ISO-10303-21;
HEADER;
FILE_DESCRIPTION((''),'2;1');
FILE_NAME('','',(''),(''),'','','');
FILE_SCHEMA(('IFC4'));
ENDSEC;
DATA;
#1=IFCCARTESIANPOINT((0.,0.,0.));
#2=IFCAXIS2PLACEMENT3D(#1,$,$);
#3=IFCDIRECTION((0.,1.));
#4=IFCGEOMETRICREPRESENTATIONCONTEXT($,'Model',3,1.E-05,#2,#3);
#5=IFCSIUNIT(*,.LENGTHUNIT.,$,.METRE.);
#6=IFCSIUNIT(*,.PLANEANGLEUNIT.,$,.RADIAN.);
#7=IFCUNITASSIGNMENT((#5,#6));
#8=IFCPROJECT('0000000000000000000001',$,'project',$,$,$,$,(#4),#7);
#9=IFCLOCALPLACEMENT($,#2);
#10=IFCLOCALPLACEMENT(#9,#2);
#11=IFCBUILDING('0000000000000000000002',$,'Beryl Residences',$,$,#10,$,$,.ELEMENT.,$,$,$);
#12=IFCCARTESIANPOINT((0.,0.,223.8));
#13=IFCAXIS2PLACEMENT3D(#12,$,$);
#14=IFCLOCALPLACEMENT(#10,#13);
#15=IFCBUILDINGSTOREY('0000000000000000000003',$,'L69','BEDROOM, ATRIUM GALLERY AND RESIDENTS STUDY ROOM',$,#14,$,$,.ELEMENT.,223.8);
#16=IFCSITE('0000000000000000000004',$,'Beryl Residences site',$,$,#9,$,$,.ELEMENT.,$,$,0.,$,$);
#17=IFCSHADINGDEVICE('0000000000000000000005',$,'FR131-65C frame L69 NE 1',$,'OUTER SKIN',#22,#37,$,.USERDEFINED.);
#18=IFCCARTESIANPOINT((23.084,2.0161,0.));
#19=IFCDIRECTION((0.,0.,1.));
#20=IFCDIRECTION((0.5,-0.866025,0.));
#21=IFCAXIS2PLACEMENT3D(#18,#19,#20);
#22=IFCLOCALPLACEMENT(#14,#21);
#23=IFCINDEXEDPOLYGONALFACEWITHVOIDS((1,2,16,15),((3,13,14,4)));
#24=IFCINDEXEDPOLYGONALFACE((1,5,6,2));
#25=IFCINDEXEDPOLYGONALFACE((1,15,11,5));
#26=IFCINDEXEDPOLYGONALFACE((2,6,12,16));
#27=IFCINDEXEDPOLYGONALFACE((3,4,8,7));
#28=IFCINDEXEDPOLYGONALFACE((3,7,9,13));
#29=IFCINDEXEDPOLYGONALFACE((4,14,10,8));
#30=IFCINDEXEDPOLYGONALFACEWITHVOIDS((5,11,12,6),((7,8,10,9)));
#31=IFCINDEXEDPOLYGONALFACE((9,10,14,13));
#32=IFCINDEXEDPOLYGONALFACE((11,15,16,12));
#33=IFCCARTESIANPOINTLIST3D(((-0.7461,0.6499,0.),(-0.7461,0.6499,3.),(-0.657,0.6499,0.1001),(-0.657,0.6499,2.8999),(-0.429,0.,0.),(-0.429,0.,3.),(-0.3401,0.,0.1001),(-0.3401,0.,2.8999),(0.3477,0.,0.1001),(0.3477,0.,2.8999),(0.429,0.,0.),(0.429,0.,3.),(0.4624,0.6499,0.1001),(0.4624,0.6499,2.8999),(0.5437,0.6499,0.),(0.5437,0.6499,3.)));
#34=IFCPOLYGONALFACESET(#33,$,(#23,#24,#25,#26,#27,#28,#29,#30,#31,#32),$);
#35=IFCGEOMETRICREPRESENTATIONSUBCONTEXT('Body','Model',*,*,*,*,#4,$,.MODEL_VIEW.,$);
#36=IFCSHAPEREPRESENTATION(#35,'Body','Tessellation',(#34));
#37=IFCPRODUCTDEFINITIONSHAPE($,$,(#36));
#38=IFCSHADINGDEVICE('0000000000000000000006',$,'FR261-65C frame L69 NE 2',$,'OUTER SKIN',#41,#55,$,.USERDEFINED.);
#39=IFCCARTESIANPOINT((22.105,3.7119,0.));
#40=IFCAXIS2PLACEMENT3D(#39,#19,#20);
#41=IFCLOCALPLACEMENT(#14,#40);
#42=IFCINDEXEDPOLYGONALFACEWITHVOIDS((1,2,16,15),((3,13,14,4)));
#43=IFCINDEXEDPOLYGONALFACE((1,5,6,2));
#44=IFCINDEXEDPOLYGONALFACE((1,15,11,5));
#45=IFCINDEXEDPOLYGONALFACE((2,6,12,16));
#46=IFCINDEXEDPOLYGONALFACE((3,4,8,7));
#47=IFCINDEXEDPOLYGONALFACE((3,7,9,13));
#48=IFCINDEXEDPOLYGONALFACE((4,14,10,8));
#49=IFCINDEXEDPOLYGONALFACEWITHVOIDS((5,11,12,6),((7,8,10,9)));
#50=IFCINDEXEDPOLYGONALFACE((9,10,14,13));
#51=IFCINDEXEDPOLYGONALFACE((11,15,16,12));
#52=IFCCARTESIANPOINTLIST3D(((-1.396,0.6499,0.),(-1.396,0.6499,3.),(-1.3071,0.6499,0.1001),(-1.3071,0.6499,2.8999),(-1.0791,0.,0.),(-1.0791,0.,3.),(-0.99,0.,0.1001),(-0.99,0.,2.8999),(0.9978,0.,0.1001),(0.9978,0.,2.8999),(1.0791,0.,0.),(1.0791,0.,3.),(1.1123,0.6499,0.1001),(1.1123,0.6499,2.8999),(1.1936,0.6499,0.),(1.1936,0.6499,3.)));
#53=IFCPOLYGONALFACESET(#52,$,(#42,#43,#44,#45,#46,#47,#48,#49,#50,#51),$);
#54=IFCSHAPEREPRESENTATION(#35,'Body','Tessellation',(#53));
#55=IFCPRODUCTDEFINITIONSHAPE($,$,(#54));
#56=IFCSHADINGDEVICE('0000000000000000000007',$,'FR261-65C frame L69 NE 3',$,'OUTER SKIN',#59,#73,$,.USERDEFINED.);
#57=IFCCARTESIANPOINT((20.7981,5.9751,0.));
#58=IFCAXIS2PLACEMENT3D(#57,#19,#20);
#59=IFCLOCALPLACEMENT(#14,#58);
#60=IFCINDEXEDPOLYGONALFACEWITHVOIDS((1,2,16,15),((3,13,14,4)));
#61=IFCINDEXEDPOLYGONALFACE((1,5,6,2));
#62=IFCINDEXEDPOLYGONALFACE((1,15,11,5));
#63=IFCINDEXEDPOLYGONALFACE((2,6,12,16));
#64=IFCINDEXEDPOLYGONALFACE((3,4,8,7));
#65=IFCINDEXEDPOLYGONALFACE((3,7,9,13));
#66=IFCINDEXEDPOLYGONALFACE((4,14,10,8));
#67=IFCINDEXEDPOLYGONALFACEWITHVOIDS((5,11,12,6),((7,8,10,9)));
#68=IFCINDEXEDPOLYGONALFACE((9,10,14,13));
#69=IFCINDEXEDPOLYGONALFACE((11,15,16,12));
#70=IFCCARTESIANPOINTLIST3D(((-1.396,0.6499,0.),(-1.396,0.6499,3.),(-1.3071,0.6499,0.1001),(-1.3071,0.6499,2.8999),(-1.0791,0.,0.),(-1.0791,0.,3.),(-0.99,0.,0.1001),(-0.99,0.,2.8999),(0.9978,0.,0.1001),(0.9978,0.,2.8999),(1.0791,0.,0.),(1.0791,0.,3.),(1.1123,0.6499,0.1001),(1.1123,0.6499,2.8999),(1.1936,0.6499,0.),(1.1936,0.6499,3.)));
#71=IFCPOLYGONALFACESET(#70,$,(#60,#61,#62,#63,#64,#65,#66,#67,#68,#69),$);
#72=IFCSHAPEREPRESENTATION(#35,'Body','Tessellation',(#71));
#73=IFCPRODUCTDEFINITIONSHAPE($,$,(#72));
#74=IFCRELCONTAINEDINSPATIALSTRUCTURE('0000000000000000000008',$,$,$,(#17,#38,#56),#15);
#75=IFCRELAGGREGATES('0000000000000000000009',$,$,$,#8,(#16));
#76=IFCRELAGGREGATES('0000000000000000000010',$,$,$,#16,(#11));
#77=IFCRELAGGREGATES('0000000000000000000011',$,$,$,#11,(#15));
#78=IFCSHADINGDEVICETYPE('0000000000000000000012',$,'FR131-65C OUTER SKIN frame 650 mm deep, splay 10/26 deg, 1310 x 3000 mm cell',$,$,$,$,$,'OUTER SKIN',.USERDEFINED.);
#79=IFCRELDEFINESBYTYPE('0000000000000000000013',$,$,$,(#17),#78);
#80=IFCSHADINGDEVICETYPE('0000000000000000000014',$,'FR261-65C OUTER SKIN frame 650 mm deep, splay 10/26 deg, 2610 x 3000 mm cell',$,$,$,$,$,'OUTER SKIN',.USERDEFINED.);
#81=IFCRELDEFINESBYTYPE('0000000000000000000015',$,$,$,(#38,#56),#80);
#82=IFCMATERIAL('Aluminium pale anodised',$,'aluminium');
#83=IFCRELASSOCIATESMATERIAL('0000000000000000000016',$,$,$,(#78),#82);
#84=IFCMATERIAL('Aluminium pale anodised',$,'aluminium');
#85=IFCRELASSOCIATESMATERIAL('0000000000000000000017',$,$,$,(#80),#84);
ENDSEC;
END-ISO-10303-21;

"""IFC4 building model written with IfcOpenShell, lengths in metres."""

from ifc_helpers import new_model, entity, si_unit, direction, frame, origin, place, context, subcontext, project, spatial, source, transform, mapped, material, type_object, type_shapes, element, save


model = new_model("IFC4")

# Units and contexts
model_context = context("Model", 3, precision=1e-05, world=origin(), true_north=direction((0.0, 1.0)))
body_context = subcontext(model_context, "Body", "Model", "MODEL_VIEW")
ifc_project = project(units=[si_unit("LENGTHUNIT", "METRE"), si_unit("PLANEANGLEUNIT", "RADIAN")], contexts=[model_context])

# Site, building, storey
site_placement = place(None, origin())
site = spatial("IfcSite", under=ifc_project, at=site_placement, Name="Beryl Residences site", CompositionType="ELEMENT", RefElevation=0.0)
building_placement = place(site_placement, origin())
building = spatial("IfcBuilding", under=site, at=building_placement, Name="Beryl Residences", CompositionType="ELEMENT")
storey_placement = place(building_placement, frame((0.0, 0.0, 223.8)))
storey = spatial("IfcBuildingStorey", under=building, at=storey_placement, Name="L69", Description="BEDROOM, ATRIUM GALLERY AND RESIDENTS STUDY ROOM", CompositionType="ELEMENT", Elevation=223.8)

# Shading devices
ifc_material_1 = material(Name="Aluminium pale anodised", Category="aluminium")
shading_device_type_1 = type_object("IfcShadingDeviceType", Name="FR131-65C OUTER SKIN frame 650 mm deep, splay 10/26 deg, 1310 x 3000 mm cell", ElementType="OUTER SKIN", PredefinedType="USERDEFINED", material=ifc_material_1)
cartesian_point_1 = entity("IfcCartesianPoint", [-0.429, 0.0])
cartesian_point_2 = entity("IfcCartesianPoint", [-0.3477, 0.1001])
cartesian_point_3 = entity("IfcCartesianPoint", [-0.5437, 0.0])
cartesian_point_4 = entity("IfcCartesianPoint", [-0.4624, 0.1001])
shared_shape_1 = source(origin(), body_context, "Body", "SweptSolid", [
    entity("IfcExtrudedAreaSolidTapered", entity("IfcArbitraryProfileDefWithVoids", "AREA", None, entity("IfcPolyline", [cartesian_point_1, entity("IfcCartesianPoint", [0.429, 0.0]), entity("IfcCartesianPoint", [0.429, 3.0]), entity("IfcCartesianPoint", [-0.429, 3.0]), cartesian_point_1]), [entity("IfcPolyline", [cartesian_point_2, entity("IfcCartesianPoint", [0.3401, 0.1001]), entity("IfcCartesianPoint", [0.3401, 2.8999]), entity("IfcCartesianPoint", [-0.3477, 2.8999]), cartesian_point_2])]), entity("IfcAxis2Placement3D", entity("IfcCartesianPoint", [0.0, 0.0, 0.0]), entity("IfcDirection", [0.0, 1.0, 0.0]), entity("IfcDirection", [-1.0, 0.0, 0.0])), entity("IfcDirection", [0.0, 0.0, 1.0]), 0.6499, entity("IfcArbitraryProfileDefWithVoids", "AREA", None, entity("IfcPolyline", [cartesian_point_3, entity("IfcCartesianPoint", [0.7461, 0.0]), entity("IfcCartesianPoint", [0.7461, 3.0]), entity("IfcCartesianPoint", [-0.5437, 3.0]), cartesian_point_3]), [entity("IfcPolyline", [cartesian_point_4, entity("IfcCartesianPoint", [0.657, 0.1001]), entity("IfcCartesianPoint", [0.657, 2.8999]), entity("IfcCartesianPoint", [-0.4624, 2.8999]), cartesian_point_4])])),
])
type_shapes(shading_device_type_1, [shared_shape_1])
shading_device_placement = place(storey_placement, frame((23.084, 2.0161, 0.0), z_axis=(0.0, 0.0, 1.0), x_axis=(0.5, -0.866025, 0.0)))
element("IfcShadingDevice", 1, at=shading_device_placement, inside=storey, type_object=shading_device_type_1, Name="FR131-65C frame L69 NE 1", ObjectType="OUTER SKIN", PredefinedType="USERDEFINED", context=body_context, shape_type="MappedRepresentation", body=[
    mapped(shared_shape_1, transform((0.0, 0.0, 0.0))),
])
ifc_material_2 = material(Name="Aluminium pale anodised", Category="aluminium")
shading_device_type_2 = type_object("IfcShadingDeviceType", Name="FR261-65C OUTER SKIN frame 650 mm deep, splay 10/26 deg, 2610 x 3000 mm cell", ElementType="OUTER SKIN", PredefinedType="USERDEFINED", material=ifc_material_2)
cartesian_point_5 = entity("IfcCartesianPoint", [-1.0791, 0.0])
cartesian_point_6 = entity("IfcCartesianPoint", [-0.9978, 0.1001])
cartesian_point_7 = entity("IfcCartesianPoint", [-1.1936, 0.0])
cartesian_point_8 = entity("IfcCartesianPoint", [-1.1123, 0.1001])
shared_shape_2 = source(origin(), body_context, "Body", "SweptSolid", [
    entity("IfcExtrudedAreaSolidTapered", entity("IfcArbitraryProfileDefWithVoids", "AREA", None, entity("IfcPolyline", [cartesian_point_5, entity("IfcCartesianPoint", [1.0791, 0.0]), entity("IfcCartesianPoint", [1.0791, 3.0]), entity("IfcCartesianPoint", [-1.0791, 3.0]), cartesian_point_5]), [entity("IfcPolyline", [cartesian_point_6, entity("IfcCartesianPoint", [0.99, 0.1001]), entity("IfcCartesianPoint", [0.99, 2.8999]), entity("IfcCartesianPoint", [-0.9978, 2.8999]), cartesian_point_6])]), entity("IfcAxis2Placement3D", entity("IfcCartesianPoint", [0.0, 0.0, 0.0]), entity("IfcDirection", [0.0, 1.0, 0.0]), entity("IfcDirection", [-1.0, 0.0, 0.0])), entity("IfcDirection", [0.0, 0.0, 1.0]), 0.6499, entity("IfcArbitraryProfileDefWithVoids", "AREA", None, entity("IfcPolyline", [cartesian_point_7, entity("IfcCartesianPoint", [1.396, 0.0]), entity("IfcCartesianPoint", [1.396, 3.0]), entity("IfcCartesianPoint", [-1.1936, 3.0]), cartesian_point_7]), [entity("IfcPolyline", [cartesian_point_8, entity("IfcCartesianPoint", [1.3071, 0.1001]), entity("IfcCartesianPoint", [1.3071, 2.8999]), entity("IfcCartesianPoint", [-1.1123, 2.8999]), cartesian_point_8])])),
])
type_shapes(shading_device_type_2, [shared_shape_2])
for number, where, z_axis, x_axis, name in (
    (2, (22.105, 3.7119, 0.0), (0.0, 0.0, 1.0), (0.5, -0.866025, 0.0), "FR261-65C frame L69 NE 2"),
    (3, (20.7981, 5.9751, 0.0), (0.0, 0.0, 1.0), (0.5, -0.866025, 0.0), "FR261-65C frame L69 NE 3"),
):
    element("IfcShadingDevice", number, at=place(storey_placement, frame(where, z_axis=z_axis, x_axis=x_axis)), inside=storey, type_object=shading_device_type_2, Name=name, ObjectType="OUTER SKIN", PredefinedType="USERDEFINED", context=body_context, shape_type="MappedRepresentation", body=[
        mapped(shared_shape_2, transform((0.0, 0.0, 0.0))),
    ])

save(model, "model.ifc")
